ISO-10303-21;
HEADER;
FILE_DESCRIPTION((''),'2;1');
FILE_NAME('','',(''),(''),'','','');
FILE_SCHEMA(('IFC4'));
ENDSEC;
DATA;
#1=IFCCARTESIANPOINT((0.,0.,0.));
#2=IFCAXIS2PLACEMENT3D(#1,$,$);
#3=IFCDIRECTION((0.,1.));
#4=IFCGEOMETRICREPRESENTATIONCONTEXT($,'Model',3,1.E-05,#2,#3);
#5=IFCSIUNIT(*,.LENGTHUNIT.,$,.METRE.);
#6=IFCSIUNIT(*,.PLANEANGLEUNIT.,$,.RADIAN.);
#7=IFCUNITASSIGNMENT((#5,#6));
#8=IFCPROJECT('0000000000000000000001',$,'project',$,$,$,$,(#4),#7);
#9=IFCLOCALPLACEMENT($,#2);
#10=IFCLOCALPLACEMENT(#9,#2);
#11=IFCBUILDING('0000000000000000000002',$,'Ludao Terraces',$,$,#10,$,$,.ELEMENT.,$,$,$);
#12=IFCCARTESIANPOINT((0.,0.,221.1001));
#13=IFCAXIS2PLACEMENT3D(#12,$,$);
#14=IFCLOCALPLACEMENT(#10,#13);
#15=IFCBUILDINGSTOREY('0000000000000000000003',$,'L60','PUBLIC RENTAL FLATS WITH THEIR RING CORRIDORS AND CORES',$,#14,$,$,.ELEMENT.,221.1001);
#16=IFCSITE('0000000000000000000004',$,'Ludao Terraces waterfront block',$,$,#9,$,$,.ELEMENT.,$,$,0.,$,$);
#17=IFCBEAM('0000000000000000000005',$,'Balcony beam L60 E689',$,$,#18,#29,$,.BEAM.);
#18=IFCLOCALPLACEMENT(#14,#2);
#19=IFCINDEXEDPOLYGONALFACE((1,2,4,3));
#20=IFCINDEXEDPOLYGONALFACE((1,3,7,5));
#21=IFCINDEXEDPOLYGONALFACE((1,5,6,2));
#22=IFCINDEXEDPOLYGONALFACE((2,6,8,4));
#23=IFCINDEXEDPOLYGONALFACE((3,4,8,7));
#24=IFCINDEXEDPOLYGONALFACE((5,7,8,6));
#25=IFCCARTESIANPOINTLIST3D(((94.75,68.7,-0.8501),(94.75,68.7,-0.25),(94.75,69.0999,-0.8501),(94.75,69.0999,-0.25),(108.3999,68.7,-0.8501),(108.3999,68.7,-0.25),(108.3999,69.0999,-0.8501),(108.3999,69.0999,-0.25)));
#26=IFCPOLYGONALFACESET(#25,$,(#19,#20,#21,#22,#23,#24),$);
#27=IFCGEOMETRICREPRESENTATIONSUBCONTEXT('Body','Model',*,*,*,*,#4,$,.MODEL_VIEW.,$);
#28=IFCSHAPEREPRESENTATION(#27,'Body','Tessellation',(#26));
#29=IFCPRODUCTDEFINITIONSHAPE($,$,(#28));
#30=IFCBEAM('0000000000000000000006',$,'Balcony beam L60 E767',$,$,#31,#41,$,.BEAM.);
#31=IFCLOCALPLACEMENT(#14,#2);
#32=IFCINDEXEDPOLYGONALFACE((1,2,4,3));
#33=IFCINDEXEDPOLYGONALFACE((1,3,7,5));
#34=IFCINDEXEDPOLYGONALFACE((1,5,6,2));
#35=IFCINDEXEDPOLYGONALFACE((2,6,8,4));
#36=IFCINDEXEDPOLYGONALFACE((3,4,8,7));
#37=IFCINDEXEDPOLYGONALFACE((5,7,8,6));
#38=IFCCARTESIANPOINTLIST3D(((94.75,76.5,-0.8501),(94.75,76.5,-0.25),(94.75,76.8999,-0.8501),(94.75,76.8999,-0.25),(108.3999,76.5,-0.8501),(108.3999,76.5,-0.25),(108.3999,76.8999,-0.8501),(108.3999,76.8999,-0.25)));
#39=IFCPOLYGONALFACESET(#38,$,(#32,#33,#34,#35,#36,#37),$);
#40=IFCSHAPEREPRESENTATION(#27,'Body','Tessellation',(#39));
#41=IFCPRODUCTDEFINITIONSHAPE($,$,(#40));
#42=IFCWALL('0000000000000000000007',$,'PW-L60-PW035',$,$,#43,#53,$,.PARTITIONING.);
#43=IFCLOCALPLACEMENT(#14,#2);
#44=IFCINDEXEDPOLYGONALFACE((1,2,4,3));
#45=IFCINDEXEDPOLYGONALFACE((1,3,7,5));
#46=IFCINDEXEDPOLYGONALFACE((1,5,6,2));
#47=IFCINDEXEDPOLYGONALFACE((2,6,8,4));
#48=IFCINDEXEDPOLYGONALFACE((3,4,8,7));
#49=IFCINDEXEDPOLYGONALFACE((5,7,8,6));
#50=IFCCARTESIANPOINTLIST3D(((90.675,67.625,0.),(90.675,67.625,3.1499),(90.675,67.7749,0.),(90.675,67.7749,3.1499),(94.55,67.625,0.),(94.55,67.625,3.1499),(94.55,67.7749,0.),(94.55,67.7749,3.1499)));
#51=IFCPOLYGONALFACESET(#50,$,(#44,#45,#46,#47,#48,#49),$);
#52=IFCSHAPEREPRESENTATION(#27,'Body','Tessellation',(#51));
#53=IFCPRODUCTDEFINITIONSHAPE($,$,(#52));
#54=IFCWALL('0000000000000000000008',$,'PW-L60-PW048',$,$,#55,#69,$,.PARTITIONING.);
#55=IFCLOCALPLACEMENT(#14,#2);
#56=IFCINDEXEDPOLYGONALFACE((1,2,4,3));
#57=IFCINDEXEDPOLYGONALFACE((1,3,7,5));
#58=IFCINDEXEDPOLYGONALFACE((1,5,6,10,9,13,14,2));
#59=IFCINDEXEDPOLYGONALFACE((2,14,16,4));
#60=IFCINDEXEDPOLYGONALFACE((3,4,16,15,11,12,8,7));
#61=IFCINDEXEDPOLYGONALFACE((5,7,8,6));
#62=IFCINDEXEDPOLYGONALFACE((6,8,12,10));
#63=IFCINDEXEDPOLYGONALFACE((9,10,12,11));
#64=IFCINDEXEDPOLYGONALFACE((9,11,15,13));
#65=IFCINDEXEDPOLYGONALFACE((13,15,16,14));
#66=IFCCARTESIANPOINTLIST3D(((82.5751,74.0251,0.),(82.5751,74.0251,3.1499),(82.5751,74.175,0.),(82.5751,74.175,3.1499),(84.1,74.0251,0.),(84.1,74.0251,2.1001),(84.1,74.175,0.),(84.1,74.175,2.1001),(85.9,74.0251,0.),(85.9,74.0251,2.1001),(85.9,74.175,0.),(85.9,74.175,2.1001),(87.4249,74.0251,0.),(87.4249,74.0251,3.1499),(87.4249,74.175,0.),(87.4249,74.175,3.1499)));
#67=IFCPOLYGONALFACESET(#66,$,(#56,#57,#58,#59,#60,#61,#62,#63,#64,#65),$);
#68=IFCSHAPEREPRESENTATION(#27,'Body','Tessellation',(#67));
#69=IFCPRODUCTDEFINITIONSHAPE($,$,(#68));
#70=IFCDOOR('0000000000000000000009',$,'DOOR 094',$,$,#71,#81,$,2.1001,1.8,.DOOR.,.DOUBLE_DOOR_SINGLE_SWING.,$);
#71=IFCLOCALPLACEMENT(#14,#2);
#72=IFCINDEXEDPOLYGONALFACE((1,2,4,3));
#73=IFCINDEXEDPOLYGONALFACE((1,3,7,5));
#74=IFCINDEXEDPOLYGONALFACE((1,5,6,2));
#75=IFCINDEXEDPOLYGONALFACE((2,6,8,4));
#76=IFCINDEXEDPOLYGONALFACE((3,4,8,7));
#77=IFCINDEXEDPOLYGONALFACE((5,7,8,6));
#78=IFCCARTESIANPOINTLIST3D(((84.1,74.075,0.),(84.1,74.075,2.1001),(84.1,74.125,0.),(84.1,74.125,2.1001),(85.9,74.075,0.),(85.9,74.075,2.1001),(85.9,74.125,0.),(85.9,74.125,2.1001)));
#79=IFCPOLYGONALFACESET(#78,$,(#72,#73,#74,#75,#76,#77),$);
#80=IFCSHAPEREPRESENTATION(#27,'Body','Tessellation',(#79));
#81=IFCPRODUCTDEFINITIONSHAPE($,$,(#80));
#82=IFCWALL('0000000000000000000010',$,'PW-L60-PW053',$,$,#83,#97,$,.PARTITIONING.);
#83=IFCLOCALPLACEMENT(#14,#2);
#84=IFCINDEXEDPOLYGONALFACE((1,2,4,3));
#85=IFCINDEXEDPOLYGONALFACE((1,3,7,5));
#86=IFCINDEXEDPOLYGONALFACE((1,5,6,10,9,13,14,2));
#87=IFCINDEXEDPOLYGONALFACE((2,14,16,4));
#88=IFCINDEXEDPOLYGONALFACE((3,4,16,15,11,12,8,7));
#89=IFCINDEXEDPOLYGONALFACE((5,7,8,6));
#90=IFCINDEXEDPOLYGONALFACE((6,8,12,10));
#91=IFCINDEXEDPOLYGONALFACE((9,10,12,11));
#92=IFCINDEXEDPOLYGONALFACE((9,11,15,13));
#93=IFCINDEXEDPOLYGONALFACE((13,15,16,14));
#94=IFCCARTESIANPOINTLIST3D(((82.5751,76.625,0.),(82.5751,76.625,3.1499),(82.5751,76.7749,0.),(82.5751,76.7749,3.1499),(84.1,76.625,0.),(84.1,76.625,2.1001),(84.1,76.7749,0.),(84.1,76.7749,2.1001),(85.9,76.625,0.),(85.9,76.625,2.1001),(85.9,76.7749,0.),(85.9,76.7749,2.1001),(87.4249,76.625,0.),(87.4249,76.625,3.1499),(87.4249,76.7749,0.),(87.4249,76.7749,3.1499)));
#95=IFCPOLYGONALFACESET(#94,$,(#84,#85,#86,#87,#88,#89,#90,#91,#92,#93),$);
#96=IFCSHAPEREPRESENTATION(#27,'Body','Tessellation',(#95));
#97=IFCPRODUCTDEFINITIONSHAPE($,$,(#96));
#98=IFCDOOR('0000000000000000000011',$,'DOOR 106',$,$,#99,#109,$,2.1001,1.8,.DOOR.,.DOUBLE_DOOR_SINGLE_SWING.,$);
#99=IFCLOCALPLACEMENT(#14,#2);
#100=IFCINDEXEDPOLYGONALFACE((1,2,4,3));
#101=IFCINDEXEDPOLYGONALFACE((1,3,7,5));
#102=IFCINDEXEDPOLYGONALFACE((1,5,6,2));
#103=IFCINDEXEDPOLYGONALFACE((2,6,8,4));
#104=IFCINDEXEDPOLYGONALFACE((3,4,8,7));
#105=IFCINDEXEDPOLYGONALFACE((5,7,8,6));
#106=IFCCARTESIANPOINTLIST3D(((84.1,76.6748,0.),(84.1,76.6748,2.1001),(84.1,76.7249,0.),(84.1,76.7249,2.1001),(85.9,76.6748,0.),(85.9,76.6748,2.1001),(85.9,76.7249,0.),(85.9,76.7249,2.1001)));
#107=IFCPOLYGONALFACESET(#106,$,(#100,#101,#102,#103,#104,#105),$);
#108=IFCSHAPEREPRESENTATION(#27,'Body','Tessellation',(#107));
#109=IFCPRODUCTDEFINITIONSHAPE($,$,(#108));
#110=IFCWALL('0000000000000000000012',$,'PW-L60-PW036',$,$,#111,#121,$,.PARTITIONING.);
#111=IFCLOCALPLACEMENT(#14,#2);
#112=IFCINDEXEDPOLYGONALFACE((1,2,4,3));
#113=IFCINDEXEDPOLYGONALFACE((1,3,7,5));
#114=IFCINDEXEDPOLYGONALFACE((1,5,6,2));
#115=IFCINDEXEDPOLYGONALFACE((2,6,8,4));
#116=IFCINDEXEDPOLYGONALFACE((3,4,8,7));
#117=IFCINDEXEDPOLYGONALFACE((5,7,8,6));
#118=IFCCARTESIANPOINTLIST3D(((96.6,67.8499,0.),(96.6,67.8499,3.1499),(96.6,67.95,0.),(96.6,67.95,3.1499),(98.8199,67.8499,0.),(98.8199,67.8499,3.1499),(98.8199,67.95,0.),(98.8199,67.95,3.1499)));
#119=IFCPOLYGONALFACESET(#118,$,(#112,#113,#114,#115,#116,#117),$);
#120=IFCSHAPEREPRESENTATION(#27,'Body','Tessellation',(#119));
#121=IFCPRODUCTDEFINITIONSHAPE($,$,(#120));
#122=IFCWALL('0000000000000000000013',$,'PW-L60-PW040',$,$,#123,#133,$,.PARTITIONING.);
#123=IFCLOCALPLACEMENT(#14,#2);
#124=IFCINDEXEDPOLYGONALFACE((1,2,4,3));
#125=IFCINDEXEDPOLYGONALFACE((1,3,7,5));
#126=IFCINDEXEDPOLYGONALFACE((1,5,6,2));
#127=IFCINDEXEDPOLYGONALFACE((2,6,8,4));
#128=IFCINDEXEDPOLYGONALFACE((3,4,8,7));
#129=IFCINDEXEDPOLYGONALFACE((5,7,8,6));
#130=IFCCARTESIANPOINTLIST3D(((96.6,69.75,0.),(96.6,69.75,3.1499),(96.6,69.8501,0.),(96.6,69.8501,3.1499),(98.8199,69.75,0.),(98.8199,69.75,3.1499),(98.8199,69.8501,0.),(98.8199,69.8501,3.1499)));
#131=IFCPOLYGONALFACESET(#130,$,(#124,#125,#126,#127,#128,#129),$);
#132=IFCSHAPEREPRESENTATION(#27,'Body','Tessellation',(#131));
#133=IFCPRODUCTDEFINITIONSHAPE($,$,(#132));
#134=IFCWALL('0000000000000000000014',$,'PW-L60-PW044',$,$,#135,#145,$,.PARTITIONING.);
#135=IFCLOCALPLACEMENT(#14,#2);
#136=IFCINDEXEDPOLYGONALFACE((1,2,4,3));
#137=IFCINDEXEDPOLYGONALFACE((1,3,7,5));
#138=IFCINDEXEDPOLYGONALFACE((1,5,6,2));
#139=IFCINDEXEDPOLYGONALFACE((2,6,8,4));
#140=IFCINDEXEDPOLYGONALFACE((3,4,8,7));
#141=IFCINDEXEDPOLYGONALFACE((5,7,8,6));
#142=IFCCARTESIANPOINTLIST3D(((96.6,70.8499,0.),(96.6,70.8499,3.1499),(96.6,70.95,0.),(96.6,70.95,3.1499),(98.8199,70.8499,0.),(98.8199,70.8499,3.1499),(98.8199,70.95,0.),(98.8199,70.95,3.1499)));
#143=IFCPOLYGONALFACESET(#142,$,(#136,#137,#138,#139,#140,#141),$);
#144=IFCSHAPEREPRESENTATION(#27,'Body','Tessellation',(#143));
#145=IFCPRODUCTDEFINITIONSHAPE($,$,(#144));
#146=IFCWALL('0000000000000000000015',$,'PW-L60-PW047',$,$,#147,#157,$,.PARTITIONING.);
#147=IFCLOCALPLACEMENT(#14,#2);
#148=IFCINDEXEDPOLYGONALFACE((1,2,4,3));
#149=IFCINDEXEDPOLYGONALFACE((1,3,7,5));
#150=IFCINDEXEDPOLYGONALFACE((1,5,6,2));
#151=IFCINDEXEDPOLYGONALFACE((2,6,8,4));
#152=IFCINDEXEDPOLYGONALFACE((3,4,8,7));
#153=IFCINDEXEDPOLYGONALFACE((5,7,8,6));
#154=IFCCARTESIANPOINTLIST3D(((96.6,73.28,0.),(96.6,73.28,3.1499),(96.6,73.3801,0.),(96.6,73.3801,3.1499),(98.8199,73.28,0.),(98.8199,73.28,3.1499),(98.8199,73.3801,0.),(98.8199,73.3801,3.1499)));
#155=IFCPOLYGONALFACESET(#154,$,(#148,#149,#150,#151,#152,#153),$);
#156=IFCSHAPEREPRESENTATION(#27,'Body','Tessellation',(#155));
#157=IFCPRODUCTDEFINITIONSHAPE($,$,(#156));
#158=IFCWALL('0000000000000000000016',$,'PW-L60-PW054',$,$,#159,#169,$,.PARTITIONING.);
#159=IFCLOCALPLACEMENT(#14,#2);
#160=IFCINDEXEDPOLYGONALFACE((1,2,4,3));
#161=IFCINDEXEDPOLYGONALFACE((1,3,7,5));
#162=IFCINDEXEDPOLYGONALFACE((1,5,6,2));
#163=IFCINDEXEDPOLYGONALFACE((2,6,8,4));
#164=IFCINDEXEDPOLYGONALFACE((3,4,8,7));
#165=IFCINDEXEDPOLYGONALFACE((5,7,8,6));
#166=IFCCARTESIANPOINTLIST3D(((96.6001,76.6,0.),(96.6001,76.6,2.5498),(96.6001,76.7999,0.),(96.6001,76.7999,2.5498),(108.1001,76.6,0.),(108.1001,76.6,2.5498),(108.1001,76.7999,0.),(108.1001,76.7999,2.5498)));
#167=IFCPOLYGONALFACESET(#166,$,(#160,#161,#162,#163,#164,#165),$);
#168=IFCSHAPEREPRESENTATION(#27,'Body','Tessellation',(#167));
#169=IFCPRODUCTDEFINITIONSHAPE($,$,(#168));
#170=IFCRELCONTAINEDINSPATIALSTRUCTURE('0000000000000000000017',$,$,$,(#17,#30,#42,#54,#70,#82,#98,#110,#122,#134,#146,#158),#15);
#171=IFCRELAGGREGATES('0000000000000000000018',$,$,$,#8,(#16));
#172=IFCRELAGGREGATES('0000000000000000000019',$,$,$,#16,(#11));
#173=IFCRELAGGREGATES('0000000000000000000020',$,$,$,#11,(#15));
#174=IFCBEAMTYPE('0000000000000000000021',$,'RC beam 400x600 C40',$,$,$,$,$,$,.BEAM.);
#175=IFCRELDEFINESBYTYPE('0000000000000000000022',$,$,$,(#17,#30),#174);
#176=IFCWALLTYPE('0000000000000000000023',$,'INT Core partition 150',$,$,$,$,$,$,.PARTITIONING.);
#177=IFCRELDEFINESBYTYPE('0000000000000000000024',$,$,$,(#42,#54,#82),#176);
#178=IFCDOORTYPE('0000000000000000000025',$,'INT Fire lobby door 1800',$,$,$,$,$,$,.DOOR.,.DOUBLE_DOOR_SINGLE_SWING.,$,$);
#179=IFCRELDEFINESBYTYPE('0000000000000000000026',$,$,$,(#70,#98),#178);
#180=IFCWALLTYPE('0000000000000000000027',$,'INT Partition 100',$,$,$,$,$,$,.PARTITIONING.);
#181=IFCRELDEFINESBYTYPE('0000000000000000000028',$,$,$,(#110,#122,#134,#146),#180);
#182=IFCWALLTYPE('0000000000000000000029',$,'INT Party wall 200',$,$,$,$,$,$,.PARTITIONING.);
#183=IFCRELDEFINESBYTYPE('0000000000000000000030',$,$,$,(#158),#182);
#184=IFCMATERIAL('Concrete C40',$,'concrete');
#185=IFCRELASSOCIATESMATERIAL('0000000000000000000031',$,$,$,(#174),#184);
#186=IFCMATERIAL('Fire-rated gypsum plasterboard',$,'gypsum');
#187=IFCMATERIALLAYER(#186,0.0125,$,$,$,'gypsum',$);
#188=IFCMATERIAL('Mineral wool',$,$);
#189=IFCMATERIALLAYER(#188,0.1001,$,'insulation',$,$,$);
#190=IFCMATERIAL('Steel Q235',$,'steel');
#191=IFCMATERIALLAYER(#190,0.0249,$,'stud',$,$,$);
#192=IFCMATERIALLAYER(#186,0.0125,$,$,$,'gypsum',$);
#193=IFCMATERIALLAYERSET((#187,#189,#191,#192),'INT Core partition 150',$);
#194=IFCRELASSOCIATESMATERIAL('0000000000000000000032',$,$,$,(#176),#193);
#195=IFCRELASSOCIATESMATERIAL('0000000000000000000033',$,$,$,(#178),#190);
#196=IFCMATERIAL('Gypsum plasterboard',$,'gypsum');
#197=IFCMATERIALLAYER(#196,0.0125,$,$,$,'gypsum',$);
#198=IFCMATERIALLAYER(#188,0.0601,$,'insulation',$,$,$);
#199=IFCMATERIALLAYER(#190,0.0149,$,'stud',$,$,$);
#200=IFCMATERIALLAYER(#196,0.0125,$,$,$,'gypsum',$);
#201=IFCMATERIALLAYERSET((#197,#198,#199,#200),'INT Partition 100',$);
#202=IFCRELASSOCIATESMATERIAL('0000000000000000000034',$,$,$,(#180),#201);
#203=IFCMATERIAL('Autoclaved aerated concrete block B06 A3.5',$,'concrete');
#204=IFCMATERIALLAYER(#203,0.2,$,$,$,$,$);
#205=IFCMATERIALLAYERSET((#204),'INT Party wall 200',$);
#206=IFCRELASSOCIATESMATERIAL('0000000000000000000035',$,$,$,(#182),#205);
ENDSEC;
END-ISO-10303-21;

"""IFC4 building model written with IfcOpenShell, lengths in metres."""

from ifc_helpers import new_model, si_unit, direction, frame, frame_2d, origin, origin_2d, place, context, subcontext, project, spatial, rectangle, extrude, material, layer, layer_set, material_profile, profile_set, type_object, element, fill, save


model = new_model("IFC4")

# Units and contexts
model_context = context("Model", 3, precision=1e-05, world=origin(), true_north=direction((0.0, 1.0)))
body_context = subcontext(model_context, "Body", "Model", "MODEL_VIEW")
ifc_project = project(units=[si_unit("LENGTHUNIT", "METRE"), si_unit("PLANEANGLEUNIT", "RADIAN")], contexts=[model_context])

# Site, building, storey
site_placement = place(None, origin())
site = spatial("IfcSite", under=ifc_project, at=site_placement, Name="Ludao Terraces waterfront block", CompositionType="ELEMENT", RefElevation=0.0)
building_placement = place(site_placement, origin())
building = spatial("IfcBuilding", under=site, at=building_placement, Name="Ludao Terraces", CompositionType="ELEMENT")
storey_placement = place(building_placement, frame((0.0, 0.0, 221.1001)))
storey = spatial("IfcBuildingStorey", under=building, at=storey_placement, Name="L60", Description="PUBLIC RENTAL FLATS WITH THEIR RING CORRIDORS AND CORES", CompositionType="ELEMENT", Elevation=221.1001)

# Beams
ifc_material_1 = material(Name="Concrete C40", Category="concrete")
ifc_material_profile = material_profile(ifc_material_1, rectangle(XDim=0.3999, YDim=0.6001, at=origin_2d()), Name="400 X 600")
ifc_profile_set = profile_set([ifc_material_profile], Name="Concrete C40")
beam_type = type_object("IfcBeamType", Name="RC beam 400x600 C40", PredefinedType="BEAM", material=ifc_profile_set)
for number, where, z_axis, x_axis, name in (
    (1, (94.75, 68.8999, -0.55), (1.0, 0.0, 0.0), (0.0, 1.0, 0.0), "Balcony beam L60 E689"),
    (2, (94.75, 76.7, -0.55), (1.0, 0.0, 0.0), (0.0, 1.0, 0.0), "Balcony beam L60 E767"),
):
    element("IfcBeam", number, at=place(storey_placement, frame(where, z_axis=z_axis, x_axis=x_axis)), inside=storey, type_object=beam_type, Name=name, PredefinedType="BEAM", context=body_context, shape_type="SweptSolid", body=[
        extrude(rectangle(XDim=0.3999, YDim=0.6001, at=origin_2d()), origin(), (0.0, 0.0, 1.0), 13.6499),
    ])

# Wall
ifc_material_2 = material(Name="Fire-rated gypsum plasterboard", Category="gypsum")
ifc_layer_1 = layer(ifc_material_2, 0.0125, Category="gypsum")
ifc_material_3 = material(Name="Mineral wool")
ifc_layer_2 = layer(ifc_material_3, 0.1001, Name="insulation")
ifc_material_4 = material(Name="Steel Q235", Category="steel")
ifc_layer_3 = layer(ifc_material_4, 0.0249, Name="stud")
ifc_layer_4 = layer(ifc_material_2, 0.0125, Category="gypsum")
ifc_layer_set_1 = layer_set([ifc_layer_1, ifc_layer_2, ifc_layer_3, ifc_layer_4], Name="INT Core partition 150")
wall_type_1 = type_object("IfcWallType", Name="INT Core partition 150", PredefinedType="PARTITIONING", material=ifc_layer_set_1)
wall_1_placement = place(storey_placement, frame((90.675, 67.7, 0.0), z_axis=(0.0, 0.0, 1.0), x_axis=(1.0, 0.0, 0.0)))
element("IfcWall", 3, at=wall_1_placement, inside=storey, type_object=wall_type_1, Name="PW-L60-PW035", PredefinedType="PARTITIONING", context=body_context, shape_type="SweptSolid", body=[
    extrude(rectangle(XDim=3.875, YDim=0.1499, at=frame_2d((1.9375, 0.0))), origin(), (0.0, 0.0, 1.0), 3.1499),
])

# Walls, openings, doors
wall_2_placement = place(storey_placement, frame((82.5752, 74.1001, 0.0), z_axis=(0.0, 0.0, 1.0), x_axis=(1.0, 0.0, 0.0)))
wall_2 = element("IfcWall", 4, at=wall_2_placement, inside=storey, type_object=wall_type_1, Name="PW-L60-PW048", PredefinedType="PARTITIONING", context=body_context, shape_type="SweptSolid", body=[
    extrude(rectangle(XDim=4.8499, YDim=0.1499, at=frame_2d((2.4248, 0.0))), origin(), (0.0, 0.0, 1.0), 3.1499),
])
opening_1_placement = place(wall_2_placement, frame((1.5249, 0.0, 0.0)))
opening_1 = element("IfcOpeningElement", 5, at=opening_1_placement, cuts=wall_2, PredefinedType="OPENING", context=body_context, shape_type="SweptSolid", body=[
    extrude(rectangle(XDim=1.8, YDim=2.1001, at=frame_2d((0.8999, 1.05))), frame((0.0, 0.085, 0.0), z_axis=(0.0, -1.0, 0.0), x_axis=(1.0, 0.0, 0.0)), (0.0, 0.0, 1.0), 0.1699),
])
door_type_1 = type_object("IfcDoorType", Name="INT Fire lobby door 1800", OperationType="DOUBLE_DOOR_SINGLE_SWING", PredefinedType="DOOR", material=ifc_material_4)
door_1_placement = place(opening_1_placement, origin())
door_1 = element("IfcDoor", 6, at=door_1_placement, inside=storey, type_object=door_type_1, Name="DOOR 094", OperationType="DOUBLE_DOOR_SINGLE_SWING", OverallHeight=2.1001, OverallWidth=1.8, PredefinedType="DOOR", context=body_context, shape_type="SweptSolid", body=[
    extrude(rectangle(XDim=1.8, YDim=2.1001, at=frame_2d((0.8999, 1.05))), frame((0.0, 0.0249, 0.0), z_axis=(0.0, -1.0, 0.0), x_axis=(1.0, 0.0, 0.0)), (0.0, 0.0, 1.0), 0.05),
])
fill(opening_1, door_1)
wall_3_placement = place(storey_placement, frame((82.5752, 76.7, 0.0), z_axis=(0.0, 0.0, 1.0), x_axis=(1.0, 0.0, 0.0)))
wall_3 = element("IfcWall", 7, at=wall_3_placement, inside=storey, type_object=wall_type_1, Name="PW-L60-PW053", PredefinedType="PARTITIONING", context=body_context, shape_type="SweptSolid", body=[
    extrude(rectangle(XDim=4.8499, YDim=0.1499, at=frame_2d((2.4248, 0.0))), origin(), (0.0, 0.0, 1.0), 3.1499),
])
opening_2_placement = place(wall_3_placement, frame((1.5249, 0.0, 0.0)))
opening_2 = element("IfcOpeningElement", 8, at=opening_2_placement, cuts=wall_3, PredefinedType="OPENING", context=body_context, shape_type="SweptSolid", body=[
    extrude(rectangle(XDim=1.8, YDim=2.1001, at=frame_2d((0.8999, 1.05))), frame((0.0, 0.085, 0.0), z_axis=(0.0, -1.0, 0.0), x_axis=(1.0, 0.0, 0.0)), (0.0, 0.0, 1.0), 0.1699),
])
door_2_placement = place(opening_2_placement, origin())
door_2 = element("IfcDoor", 9, at=door_2_placement, inside=storey, type_object=door_type_1, Name="DOOR 106", OperationType="DOUBLE_DOOR_SINGLE_SWING", OverallHeight=2.1001, OverallWidth=1.8, PredefinedType="DOOR", context=body_context, shape_type="SweptSolid", body=[
    extrude(rectangle(XDim=1.8, YDim=2.1001, at=frame_2d((0.8999, 1.05))), frame((0.0, 0.0249, 0.0), z_axis=(0.0, -1.0, 0.0), x_axis=(1.0, 0.0, 0.0)), (0.0, 0.0, 1.0), 0.05),
])
fill(opening_2, door_2)

# Walls
ifc_material_5 = material(Name="Gypsum plasterboard", Category="gypsum")
ifc_layer_5 = layer(ifc_material_5, 0.0125, Category="gypsum")
ifc_layer_6 = layer(ifc_material_3, 0.0601, Name="insulation")
ifc_layer_7 = layer(ifc_material_4, 0.0149, Name="stud")
ifc_layer_8 = layer(ifc_material_5, 0.0125, Category="gypsum")
ifc_layer_set_2 = layer_set([ifc_layer_5, ifc_layer_6, ifc_layer_7, ifc_layer_8], Name="INT Partition 100")
wall_type_2 = type_object("IfcWallType", Name="INT Partition 100", PredefinedType="PARTITIONING", material=ifc_layer_set_2)
for number, where, z_axis, x_axis, name in (
    (10, (96.6001, 67.8999, 0.0), (0.0, 0.0, 1.0), (1.0, 0.0, 0.0), "PW-L60-PW036"),
    (11, (96.6001, 69.8, 0.0), (0.0, 0.0, 1.0), (1.0, 0.0, 0.0), "PW-L60-PW040"),
    (12, (96.6001, 70.8999, 0.0), (0.0, 0.0, 1.0), (1.0, 0.0, 0.0), "PW-L60-PW044"),
    (13, (96.6001, 73.3301, 0.0), (0.0, 0.0, 1.0), (1.0, 0.0, 0.0), "PW-L60-PW047"),
):
    element("IfcWall", number, at=place(storey_placement, frame(where, z_axis=z_axis, x_axis=x_axis)), inside=storey, type_object=wall_type_2, Name=name, PredefinedType="PARTITIONING", context=body_context, shape_type="SweptSolid", body=[
        extrude(rectangle(XDim=2.22, YDim=0.1001, at=frame_2d((1.1099, 0.0))), origin(), (0.0, 0.0, 1.0), 3.1499),
    ])
ifc_material_6 = material(Name="Autoclaved aerated concrete block B06 A3.5", Category="concrete")
ifc_layer_9 = layer(ifc_material_6, 0.2)
ifc_layer_set_3 = layer_set([ifc_layer_9], Name="INT Party wall 200")
wall_type_3 = type_object("IfcWallType", Name="INT Party wall 200", PredefinedType="PARTITIONING", material=ifc_layer_set_3)
wall_4_placement = place(storey_placement, frame((96.6001, 76.7, 0.0), z_axis=(0.0, 0.0, 1.0), x_axis=(1.0, 0.0, 0.0)))
element("IfcWall", 14, at=wall_4_placement, inside=storey, type_object=wall_type_3, Name="PW-L60-PW054", PredefinedType="PARTITIONING", context=body_context, shape_type="SweptSolid", body=[
    extrude(rectangle(XDim=11.5, YDim=0.2, at=frame_2d((5.75, 0.0))), origin(), (0.0, 0.0, 1.0), 2.5498),
])

save(model, "model.ifc")
